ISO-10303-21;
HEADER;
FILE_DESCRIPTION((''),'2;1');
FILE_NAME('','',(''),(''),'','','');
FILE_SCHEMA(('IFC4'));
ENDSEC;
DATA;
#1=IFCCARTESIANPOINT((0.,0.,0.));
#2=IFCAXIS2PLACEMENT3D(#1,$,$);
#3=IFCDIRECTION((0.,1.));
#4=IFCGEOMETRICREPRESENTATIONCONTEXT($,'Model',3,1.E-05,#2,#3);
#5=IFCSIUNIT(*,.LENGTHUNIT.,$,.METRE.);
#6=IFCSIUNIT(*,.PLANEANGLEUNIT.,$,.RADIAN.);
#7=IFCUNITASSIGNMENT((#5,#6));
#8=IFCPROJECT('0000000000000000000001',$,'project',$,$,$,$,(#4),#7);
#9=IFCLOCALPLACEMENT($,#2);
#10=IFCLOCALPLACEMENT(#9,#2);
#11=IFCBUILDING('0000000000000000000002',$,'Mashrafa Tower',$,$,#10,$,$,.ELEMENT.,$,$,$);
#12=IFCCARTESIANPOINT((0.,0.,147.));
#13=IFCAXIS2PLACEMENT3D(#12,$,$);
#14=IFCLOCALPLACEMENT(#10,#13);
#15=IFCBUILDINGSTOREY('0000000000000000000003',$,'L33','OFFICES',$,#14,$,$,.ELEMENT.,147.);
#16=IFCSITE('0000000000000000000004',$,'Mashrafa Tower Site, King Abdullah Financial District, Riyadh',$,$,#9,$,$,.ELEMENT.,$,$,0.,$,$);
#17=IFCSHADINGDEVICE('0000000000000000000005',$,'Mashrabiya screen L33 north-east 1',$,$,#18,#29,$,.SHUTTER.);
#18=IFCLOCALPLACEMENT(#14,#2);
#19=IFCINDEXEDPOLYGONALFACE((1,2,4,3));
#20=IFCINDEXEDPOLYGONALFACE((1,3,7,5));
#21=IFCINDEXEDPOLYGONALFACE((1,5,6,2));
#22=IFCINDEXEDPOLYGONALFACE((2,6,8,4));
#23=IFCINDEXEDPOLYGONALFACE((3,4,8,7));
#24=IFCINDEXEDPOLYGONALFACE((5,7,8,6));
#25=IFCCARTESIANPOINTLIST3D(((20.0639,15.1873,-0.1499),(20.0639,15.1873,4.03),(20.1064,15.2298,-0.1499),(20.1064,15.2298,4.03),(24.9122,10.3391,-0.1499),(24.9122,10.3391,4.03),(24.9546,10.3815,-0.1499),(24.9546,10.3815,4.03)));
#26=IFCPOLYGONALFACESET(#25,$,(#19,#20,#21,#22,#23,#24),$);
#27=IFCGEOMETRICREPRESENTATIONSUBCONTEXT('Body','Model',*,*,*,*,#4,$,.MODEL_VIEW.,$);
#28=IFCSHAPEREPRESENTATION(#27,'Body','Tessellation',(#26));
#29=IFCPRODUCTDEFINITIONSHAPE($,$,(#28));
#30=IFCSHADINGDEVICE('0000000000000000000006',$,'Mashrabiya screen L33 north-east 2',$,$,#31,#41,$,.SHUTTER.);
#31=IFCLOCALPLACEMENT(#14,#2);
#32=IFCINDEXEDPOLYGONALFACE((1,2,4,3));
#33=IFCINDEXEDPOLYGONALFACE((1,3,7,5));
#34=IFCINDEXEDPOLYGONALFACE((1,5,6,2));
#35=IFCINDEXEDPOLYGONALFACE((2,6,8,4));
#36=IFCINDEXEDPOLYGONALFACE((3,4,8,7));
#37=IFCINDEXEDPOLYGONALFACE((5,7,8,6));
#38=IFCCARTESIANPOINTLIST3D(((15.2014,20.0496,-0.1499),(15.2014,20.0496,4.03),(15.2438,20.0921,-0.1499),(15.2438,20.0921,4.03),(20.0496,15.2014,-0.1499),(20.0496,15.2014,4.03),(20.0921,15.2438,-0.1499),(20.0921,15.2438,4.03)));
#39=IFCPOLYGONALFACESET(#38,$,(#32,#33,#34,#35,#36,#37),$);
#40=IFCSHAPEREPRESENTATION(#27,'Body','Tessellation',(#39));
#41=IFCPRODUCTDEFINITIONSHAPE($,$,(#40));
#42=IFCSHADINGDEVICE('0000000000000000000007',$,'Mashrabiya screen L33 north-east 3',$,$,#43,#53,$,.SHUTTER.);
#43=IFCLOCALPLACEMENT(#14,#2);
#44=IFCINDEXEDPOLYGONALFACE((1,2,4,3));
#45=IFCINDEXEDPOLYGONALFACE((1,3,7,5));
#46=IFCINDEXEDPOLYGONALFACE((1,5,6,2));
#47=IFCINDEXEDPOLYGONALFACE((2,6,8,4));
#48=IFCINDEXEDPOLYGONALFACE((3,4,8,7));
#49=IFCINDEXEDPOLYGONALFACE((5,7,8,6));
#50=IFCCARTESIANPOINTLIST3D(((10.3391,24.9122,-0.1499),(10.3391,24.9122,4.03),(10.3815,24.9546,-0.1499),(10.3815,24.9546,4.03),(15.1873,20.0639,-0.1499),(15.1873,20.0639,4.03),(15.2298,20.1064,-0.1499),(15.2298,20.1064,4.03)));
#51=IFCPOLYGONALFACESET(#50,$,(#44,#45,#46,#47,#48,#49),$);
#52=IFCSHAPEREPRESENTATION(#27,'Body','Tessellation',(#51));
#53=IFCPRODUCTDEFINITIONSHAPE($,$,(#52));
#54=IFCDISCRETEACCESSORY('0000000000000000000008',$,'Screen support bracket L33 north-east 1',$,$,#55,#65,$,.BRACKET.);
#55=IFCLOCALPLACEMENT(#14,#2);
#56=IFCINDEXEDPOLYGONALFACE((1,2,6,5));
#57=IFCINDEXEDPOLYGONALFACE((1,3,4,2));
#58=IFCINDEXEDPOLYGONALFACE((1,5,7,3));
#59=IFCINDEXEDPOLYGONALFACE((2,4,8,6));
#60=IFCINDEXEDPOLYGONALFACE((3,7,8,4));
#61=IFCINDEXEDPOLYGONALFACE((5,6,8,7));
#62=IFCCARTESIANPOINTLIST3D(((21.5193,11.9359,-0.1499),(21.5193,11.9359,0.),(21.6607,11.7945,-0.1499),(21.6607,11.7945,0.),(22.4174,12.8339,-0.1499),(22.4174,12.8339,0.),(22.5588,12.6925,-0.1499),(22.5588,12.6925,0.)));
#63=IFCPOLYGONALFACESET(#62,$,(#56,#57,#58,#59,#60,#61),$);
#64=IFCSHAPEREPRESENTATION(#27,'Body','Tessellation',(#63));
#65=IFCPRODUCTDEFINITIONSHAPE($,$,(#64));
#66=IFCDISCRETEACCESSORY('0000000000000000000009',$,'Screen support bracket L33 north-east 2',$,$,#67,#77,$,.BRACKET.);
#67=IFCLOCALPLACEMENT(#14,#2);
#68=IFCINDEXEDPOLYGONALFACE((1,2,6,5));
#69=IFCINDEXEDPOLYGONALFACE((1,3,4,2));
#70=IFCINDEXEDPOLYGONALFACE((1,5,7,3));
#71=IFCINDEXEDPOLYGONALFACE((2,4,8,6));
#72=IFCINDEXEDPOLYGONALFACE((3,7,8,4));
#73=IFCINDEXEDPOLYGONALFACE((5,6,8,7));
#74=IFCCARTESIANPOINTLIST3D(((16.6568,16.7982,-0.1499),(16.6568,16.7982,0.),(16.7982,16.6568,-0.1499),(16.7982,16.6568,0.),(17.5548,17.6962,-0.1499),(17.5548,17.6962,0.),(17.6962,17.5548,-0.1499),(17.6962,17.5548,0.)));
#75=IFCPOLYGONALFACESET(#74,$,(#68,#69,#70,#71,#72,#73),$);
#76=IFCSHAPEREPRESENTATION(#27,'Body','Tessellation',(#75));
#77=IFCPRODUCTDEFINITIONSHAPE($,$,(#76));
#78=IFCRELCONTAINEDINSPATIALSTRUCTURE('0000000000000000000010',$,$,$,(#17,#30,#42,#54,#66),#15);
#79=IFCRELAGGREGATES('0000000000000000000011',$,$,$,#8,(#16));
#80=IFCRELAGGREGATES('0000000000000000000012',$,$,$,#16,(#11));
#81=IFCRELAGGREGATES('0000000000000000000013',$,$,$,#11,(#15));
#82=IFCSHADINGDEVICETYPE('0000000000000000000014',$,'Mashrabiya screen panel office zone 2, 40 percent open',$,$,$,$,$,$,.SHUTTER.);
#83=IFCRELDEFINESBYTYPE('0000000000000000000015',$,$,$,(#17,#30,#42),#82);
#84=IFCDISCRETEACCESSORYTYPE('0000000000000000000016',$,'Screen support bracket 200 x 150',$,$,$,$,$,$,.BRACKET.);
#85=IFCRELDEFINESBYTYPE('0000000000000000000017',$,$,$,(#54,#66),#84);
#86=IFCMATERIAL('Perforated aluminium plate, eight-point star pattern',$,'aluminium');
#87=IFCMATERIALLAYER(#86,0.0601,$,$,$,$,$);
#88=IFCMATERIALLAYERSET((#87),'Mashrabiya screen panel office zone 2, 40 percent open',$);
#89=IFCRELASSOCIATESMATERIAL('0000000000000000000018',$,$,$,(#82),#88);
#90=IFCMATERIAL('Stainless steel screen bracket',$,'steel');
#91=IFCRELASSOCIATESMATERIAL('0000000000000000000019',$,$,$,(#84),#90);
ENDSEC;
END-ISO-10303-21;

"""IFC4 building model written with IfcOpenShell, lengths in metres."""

from ifc_helpers import new_model, si_unit, direction, frame, origin, origin_2d, place, context, subcontext, project, spatial, rectangle, extrude, source, transform, mapped, material, layer, layer_set, type_object, type_shapes, element, save


model = new_model("IFC4")

# Units and contexts
model_context = context("Model", 3, precision=1e-05, world=origin(), true_north=direction((0.0, 1.0)))
body_context = subcontext(model_context, "Body", "Model", "MODEL_VIEW")
ifc_project = project(units=[si_unit("LENGTHUNIT", "METRE"), si_unit("PLANEANGLEUNIT", "RADIAN")], contexts=[model_context])

# Site, building, storey
site_placement = place(None, origin())
site = spatial("IfcSite", under=ifc_project, at=site_placement, Name="Mashrafa Tower Site, King Abdullah Financial District, Riyadh", CompositionType="ELEMENT", RefElevation=0.0)
building_placement = place(site_placement, origin())
building = spatial("IfcBuilding", under=site, at=building_placement, Name="Mashrafa Tower", CompositionType="ELEMENT")
storey_placement = place(building_placement, frame((0.0, 0.0, 147.0)))
storey = spatial("IfcBuildingStorey", under=building, at=storey_placement, Name="L33", Description="OFFICES", CompositionType="ELEMENT", Elevation=147.0)

# Shading devices
ifc_material_1 = material(Name="Perforated aluminium plate, eight-point star pattern", Category="aluminium")
ifc_layer_1 = layer(ifc_material_1, 0.0601)
ifc_layer_set_1 = layer_set([ifc_layer_1], Name="Mashrabiya screen panel office zone 2, 40 percent open")
shading_device_type = type_object("IfcShadingDeviceType", Name="Mashrabiya screen panel office zone 2, 40 percent open", PredefinedType="SHUTTER", material=ifc_layer_set_1)
shared_shape_1 = source(origin(), body_context, "Body", "SweptSolid", [
    extrude(rectangle(XDim=6.8564, YDim=0.0601, at=origin_2d()), origin(), (0.0, 0.0, 1.0), 4.1799),
])
type_shapes(shading_device_type, [shared_shape_1])
for number, where, z_axis, x_axis, name in (
    (1, (22.5093, 12.7844, -0.1499), (0.0, 0.0, 1.0), (-0.707107, 0.707107, 0.0), "Mashrabiya screen L33 north-east 1"),
    (2, (17.6467, 17.6467, -0.1499), (0.0, 0.0, 1.0), (-0.707107, 0.707107, 0.0), "Mashrabiya screen L33 north-east 2"),
    (3, (12.7844, 22.5093, -0.1499), (0.0, 0.0, 1.0), (-0.707107, 0.707107, 0.0), "Mashrabiya screen L33 north-east 3"),
):
    element("IfcShadingDevice", number, at=place(storey_placement, frame(where, z_axis=z_axis, x_axis=x_axis)), inside=storey, type_object=shading_device_type, Name=name, PredefinedType="SHUTTER", context=body_context, shape_type="MappedRepresentation", body=[
        mapped(shared_shape_1, transform((0.0, 0.0, 0.0))),
    ])

# Discrete accessories
ifc_material_2 = material(Name="Stainless steel screen bracket", Category="steel")
discrete_accessory_type = type_object("IfcDiscreteAccessoryType", Name="Screen support bracket 200 x 150", PredefinedType="BRACKET", material=ifc_material_2)
shared_shape_2 = source(origin(), body_context, "Body", "SweptSolid", [
    extrude(rectangle(XDim=0.2, YDim=1.27, at=origin_2d()), origin(), (0.0, 0.0, 1.0), 0.1499),
])
type_shapes(discrete_accessory_type, [shared_shape_2])
for number, where, z_axis, x_axis, name in (
    (4, (22.0391, 12.3142, -0.1499), (0.0, 0.0, 1.0), (-0.707107, 0.707107, 0.0), "Screen support bracket L33 north-east 1"),
    (5, (17.1765, 17.1765, -0.1499), (0.0, 0.0, 1.0), (-0.707107, 0.707107, 0.0), "Screen support bracket L33 north-east 2"),
):
    element("IfcDiscreteAccessory", number, at=place(storey_placement, frame(where, z_axis=z_axis, x_axis=x_axis)), inside=storey, type_object=discrete_accessory_type, Name=name, PredefinedType="BRACKET", context=body_context, shape_type="MappedRepresentation", body=[
        mapped(shared_shape_2, transform((0.0, 0.0, 0.0))),
    ])

save(model, "model.ifc")
